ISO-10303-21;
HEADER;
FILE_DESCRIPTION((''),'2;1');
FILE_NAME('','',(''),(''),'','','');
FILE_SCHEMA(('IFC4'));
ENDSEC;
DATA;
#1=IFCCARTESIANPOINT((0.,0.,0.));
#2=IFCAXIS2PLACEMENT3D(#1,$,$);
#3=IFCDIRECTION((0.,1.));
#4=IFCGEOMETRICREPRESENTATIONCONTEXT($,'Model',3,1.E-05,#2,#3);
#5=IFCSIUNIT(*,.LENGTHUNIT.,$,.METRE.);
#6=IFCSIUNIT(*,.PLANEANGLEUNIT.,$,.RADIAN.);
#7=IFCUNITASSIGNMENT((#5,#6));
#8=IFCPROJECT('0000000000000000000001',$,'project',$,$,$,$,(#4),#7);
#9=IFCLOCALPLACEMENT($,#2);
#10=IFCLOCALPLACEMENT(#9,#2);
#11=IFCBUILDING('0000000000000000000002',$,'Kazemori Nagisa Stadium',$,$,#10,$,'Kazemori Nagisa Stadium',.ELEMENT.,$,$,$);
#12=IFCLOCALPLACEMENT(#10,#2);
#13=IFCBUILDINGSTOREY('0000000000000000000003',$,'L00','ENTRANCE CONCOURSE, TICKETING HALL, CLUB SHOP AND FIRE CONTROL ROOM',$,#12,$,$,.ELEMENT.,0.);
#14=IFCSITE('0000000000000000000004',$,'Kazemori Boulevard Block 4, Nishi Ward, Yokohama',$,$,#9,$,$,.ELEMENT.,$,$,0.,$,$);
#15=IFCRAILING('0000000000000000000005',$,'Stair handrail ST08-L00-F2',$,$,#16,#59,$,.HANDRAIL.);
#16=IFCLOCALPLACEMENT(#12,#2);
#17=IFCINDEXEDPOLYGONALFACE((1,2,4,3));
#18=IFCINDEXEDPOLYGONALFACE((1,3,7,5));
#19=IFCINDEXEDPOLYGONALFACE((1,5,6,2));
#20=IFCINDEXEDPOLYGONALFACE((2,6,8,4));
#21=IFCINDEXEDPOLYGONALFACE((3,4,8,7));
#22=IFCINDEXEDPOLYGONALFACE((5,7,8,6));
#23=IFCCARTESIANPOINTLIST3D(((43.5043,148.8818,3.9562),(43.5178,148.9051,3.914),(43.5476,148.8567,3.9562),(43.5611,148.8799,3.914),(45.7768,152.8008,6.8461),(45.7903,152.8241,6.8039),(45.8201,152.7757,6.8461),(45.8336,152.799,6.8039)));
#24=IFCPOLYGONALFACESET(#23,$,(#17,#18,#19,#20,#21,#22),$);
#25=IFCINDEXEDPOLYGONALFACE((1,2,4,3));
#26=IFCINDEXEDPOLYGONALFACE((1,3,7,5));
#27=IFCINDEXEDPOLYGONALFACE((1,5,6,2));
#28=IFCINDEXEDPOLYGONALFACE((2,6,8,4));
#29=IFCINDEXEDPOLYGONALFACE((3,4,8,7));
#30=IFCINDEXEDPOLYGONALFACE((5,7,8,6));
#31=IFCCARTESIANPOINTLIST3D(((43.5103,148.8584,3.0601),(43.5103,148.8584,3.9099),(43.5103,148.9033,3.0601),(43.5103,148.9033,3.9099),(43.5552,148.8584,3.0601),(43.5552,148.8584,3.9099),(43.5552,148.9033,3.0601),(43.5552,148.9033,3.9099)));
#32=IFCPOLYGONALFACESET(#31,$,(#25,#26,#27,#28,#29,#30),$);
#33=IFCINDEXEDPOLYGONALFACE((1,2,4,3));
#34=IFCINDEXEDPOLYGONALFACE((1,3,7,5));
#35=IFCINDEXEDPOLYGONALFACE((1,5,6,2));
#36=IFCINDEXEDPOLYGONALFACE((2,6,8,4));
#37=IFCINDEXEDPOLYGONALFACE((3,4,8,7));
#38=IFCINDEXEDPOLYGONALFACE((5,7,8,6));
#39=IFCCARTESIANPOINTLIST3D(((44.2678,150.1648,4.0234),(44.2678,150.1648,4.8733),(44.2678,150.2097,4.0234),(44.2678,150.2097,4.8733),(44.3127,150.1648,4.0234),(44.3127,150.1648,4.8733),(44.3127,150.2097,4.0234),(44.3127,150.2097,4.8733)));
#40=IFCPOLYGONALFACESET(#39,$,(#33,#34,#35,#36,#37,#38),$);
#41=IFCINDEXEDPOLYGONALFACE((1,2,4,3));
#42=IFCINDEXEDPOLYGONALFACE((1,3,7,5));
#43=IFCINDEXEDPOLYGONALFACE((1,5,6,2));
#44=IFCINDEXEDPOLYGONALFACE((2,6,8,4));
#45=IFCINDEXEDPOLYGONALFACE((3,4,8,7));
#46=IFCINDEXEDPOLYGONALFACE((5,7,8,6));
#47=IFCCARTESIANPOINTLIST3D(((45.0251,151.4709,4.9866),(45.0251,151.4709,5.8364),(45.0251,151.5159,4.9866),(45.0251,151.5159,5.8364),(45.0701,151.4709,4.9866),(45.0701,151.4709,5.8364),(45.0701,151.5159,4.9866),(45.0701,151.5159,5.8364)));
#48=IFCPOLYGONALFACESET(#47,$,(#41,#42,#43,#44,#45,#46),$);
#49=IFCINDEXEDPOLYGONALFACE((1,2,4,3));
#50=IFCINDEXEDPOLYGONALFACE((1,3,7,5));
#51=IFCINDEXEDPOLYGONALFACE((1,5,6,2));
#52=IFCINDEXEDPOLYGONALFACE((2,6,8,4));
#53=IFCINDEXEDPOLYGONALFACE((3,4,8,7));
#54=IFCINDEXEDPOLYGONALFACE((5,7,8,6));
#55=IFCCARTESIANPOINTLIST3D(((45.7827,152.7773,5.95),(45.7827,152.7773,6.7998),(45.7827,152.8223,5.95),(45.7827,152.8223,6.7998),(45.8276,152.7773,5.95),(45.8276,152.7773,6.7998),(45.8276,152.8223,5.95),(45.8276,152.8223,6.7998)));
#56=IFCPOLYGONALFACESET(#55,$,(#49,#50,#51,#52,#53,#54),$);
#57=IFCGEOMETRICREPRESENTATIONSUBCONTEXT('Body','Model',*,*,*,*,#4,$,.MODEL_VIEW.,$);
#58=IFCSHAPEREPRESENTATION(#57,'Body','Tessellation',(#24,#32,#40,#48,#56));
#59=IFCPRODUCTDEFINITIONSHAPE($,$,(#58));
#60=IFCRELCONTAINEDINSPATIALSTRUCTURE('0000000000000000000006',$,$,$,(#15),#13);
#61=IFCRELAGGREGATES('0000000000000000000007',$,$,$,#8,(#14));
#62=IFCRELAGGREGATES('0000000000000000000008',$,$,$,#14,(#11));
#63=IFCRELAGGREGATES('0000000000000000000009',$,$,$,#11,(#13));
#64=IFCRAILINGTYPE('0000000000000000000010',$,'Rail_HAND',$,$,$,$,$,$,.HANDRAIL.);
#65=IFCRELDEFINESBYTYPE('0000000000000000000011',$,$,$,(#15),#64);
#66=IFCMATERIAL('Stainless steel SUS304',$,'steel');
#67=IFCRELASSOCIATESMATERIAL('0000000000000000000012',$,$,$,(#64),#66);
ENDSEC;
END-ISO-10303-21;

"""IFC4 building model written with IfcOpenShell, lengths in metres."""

from ifc_helpers import new_model, si_unit, direction, frame, origin, origin_2d, place, context, subcontext, project, spatial, rectangle, extrude, material, type_object, element, save


model = new_model("IFC4")

# Units and contexts
model_context = context("Model", 3, precision=1e-05, world=origin(), true_north=direction((0.0, 1.0)))
body_context = subcontext(model_context, "Body", "Model", "MODEL_VIEW")
ifc_project = project(units=[si_unit("LENGTHUNIT", "METRE"), si_unit("PLANEANGLEUNIT", "RADIAN")], contexts=[model_context])

# Site, building, storey
site_placement = place(None, origin())
site = spatial("IfcSite", under=ifc_project, at=site_placement, Name="Kazemori Boulevard Block 4, Nishi Ward, Yokohama", CompositionType="ELEMENT", RefElevation=0.0)
building_placement = place(site_placement, origin())
building = spatial("IfcBuilding", under=site, at=building_placement, Name="Kazemori Nagisa Stadium", LongName="Kazemori Nagisa Stadium", CompositionType="ELEMENT")
storey_placement = place(building_placement, origin())
storey = spatial("IfcBuildingStorey", under=building, at=storey_placement, Name="L00", Description="ENTRANCE CONCOURSE, TICKETING HALL, CLUB SHOP AND FIRE CONTROL ROOM", CompositionType="ELEMENT", Elevation=0.0)

# Shared definitions
ifc_material_1 = material(Name="Stainless steel SUS304", Category="steel")

# Railing
railing_type_1 = type_object("IfcRailingType", Name="Rail_HAND", PredefinedType="HANDRAIL", material=ifc_material_1)
railing_1_placement = place(storey_placement, frame((43.5327, 148.8809, 3.0601)))
element("IfcRailing", 1, at=railing_1_placement, inside=storey, type_object=railing_type_1, Name="Stair handrail ST08-L00-F2", PredefinedType="HANDRAIL", context=body_context, shape_type="SweptSolid", body=[
    extrude(rectangle(XDim=0.05, YDim=0.05, at=origin_2d()), frame((0.0, 0.0, 0.875), z_axis=(0.422907, 0.72932, 0.537812), x_axis=(-0.865082, 0.501631, 0.0)), (0.0, 0.0, 1.0), 5.3735),
    extrude(rectangle(XDim=0.0449, YDim=0.0449, at=origin_2d()), origin(), (0.0, 0.0, 1.0), 0.8499),
    extrude(rectangle(XDim=0.0449, YDim=0.0449, at=origin_2d()), frame((0.7576, 1.3064, 0.9634)), (0.0, 0.0, 1.0), 0.8499),
    extrude(rectangle(XDim=0.0449, YDim=0.0449, at=origin_2d()), frame((1.5149, 2.6125, 1.9265)), (0.0, 0.0, 1.0), 0.8499),
    extrude(rectangle(XDim=0.0449, YDim=0.0449, at=origin_2d()), frame((2.2725, 3.9189, 2.8899)), (0.0, 0.0, 1.0), 0.8499),
])

save(model, "model.ifc")
